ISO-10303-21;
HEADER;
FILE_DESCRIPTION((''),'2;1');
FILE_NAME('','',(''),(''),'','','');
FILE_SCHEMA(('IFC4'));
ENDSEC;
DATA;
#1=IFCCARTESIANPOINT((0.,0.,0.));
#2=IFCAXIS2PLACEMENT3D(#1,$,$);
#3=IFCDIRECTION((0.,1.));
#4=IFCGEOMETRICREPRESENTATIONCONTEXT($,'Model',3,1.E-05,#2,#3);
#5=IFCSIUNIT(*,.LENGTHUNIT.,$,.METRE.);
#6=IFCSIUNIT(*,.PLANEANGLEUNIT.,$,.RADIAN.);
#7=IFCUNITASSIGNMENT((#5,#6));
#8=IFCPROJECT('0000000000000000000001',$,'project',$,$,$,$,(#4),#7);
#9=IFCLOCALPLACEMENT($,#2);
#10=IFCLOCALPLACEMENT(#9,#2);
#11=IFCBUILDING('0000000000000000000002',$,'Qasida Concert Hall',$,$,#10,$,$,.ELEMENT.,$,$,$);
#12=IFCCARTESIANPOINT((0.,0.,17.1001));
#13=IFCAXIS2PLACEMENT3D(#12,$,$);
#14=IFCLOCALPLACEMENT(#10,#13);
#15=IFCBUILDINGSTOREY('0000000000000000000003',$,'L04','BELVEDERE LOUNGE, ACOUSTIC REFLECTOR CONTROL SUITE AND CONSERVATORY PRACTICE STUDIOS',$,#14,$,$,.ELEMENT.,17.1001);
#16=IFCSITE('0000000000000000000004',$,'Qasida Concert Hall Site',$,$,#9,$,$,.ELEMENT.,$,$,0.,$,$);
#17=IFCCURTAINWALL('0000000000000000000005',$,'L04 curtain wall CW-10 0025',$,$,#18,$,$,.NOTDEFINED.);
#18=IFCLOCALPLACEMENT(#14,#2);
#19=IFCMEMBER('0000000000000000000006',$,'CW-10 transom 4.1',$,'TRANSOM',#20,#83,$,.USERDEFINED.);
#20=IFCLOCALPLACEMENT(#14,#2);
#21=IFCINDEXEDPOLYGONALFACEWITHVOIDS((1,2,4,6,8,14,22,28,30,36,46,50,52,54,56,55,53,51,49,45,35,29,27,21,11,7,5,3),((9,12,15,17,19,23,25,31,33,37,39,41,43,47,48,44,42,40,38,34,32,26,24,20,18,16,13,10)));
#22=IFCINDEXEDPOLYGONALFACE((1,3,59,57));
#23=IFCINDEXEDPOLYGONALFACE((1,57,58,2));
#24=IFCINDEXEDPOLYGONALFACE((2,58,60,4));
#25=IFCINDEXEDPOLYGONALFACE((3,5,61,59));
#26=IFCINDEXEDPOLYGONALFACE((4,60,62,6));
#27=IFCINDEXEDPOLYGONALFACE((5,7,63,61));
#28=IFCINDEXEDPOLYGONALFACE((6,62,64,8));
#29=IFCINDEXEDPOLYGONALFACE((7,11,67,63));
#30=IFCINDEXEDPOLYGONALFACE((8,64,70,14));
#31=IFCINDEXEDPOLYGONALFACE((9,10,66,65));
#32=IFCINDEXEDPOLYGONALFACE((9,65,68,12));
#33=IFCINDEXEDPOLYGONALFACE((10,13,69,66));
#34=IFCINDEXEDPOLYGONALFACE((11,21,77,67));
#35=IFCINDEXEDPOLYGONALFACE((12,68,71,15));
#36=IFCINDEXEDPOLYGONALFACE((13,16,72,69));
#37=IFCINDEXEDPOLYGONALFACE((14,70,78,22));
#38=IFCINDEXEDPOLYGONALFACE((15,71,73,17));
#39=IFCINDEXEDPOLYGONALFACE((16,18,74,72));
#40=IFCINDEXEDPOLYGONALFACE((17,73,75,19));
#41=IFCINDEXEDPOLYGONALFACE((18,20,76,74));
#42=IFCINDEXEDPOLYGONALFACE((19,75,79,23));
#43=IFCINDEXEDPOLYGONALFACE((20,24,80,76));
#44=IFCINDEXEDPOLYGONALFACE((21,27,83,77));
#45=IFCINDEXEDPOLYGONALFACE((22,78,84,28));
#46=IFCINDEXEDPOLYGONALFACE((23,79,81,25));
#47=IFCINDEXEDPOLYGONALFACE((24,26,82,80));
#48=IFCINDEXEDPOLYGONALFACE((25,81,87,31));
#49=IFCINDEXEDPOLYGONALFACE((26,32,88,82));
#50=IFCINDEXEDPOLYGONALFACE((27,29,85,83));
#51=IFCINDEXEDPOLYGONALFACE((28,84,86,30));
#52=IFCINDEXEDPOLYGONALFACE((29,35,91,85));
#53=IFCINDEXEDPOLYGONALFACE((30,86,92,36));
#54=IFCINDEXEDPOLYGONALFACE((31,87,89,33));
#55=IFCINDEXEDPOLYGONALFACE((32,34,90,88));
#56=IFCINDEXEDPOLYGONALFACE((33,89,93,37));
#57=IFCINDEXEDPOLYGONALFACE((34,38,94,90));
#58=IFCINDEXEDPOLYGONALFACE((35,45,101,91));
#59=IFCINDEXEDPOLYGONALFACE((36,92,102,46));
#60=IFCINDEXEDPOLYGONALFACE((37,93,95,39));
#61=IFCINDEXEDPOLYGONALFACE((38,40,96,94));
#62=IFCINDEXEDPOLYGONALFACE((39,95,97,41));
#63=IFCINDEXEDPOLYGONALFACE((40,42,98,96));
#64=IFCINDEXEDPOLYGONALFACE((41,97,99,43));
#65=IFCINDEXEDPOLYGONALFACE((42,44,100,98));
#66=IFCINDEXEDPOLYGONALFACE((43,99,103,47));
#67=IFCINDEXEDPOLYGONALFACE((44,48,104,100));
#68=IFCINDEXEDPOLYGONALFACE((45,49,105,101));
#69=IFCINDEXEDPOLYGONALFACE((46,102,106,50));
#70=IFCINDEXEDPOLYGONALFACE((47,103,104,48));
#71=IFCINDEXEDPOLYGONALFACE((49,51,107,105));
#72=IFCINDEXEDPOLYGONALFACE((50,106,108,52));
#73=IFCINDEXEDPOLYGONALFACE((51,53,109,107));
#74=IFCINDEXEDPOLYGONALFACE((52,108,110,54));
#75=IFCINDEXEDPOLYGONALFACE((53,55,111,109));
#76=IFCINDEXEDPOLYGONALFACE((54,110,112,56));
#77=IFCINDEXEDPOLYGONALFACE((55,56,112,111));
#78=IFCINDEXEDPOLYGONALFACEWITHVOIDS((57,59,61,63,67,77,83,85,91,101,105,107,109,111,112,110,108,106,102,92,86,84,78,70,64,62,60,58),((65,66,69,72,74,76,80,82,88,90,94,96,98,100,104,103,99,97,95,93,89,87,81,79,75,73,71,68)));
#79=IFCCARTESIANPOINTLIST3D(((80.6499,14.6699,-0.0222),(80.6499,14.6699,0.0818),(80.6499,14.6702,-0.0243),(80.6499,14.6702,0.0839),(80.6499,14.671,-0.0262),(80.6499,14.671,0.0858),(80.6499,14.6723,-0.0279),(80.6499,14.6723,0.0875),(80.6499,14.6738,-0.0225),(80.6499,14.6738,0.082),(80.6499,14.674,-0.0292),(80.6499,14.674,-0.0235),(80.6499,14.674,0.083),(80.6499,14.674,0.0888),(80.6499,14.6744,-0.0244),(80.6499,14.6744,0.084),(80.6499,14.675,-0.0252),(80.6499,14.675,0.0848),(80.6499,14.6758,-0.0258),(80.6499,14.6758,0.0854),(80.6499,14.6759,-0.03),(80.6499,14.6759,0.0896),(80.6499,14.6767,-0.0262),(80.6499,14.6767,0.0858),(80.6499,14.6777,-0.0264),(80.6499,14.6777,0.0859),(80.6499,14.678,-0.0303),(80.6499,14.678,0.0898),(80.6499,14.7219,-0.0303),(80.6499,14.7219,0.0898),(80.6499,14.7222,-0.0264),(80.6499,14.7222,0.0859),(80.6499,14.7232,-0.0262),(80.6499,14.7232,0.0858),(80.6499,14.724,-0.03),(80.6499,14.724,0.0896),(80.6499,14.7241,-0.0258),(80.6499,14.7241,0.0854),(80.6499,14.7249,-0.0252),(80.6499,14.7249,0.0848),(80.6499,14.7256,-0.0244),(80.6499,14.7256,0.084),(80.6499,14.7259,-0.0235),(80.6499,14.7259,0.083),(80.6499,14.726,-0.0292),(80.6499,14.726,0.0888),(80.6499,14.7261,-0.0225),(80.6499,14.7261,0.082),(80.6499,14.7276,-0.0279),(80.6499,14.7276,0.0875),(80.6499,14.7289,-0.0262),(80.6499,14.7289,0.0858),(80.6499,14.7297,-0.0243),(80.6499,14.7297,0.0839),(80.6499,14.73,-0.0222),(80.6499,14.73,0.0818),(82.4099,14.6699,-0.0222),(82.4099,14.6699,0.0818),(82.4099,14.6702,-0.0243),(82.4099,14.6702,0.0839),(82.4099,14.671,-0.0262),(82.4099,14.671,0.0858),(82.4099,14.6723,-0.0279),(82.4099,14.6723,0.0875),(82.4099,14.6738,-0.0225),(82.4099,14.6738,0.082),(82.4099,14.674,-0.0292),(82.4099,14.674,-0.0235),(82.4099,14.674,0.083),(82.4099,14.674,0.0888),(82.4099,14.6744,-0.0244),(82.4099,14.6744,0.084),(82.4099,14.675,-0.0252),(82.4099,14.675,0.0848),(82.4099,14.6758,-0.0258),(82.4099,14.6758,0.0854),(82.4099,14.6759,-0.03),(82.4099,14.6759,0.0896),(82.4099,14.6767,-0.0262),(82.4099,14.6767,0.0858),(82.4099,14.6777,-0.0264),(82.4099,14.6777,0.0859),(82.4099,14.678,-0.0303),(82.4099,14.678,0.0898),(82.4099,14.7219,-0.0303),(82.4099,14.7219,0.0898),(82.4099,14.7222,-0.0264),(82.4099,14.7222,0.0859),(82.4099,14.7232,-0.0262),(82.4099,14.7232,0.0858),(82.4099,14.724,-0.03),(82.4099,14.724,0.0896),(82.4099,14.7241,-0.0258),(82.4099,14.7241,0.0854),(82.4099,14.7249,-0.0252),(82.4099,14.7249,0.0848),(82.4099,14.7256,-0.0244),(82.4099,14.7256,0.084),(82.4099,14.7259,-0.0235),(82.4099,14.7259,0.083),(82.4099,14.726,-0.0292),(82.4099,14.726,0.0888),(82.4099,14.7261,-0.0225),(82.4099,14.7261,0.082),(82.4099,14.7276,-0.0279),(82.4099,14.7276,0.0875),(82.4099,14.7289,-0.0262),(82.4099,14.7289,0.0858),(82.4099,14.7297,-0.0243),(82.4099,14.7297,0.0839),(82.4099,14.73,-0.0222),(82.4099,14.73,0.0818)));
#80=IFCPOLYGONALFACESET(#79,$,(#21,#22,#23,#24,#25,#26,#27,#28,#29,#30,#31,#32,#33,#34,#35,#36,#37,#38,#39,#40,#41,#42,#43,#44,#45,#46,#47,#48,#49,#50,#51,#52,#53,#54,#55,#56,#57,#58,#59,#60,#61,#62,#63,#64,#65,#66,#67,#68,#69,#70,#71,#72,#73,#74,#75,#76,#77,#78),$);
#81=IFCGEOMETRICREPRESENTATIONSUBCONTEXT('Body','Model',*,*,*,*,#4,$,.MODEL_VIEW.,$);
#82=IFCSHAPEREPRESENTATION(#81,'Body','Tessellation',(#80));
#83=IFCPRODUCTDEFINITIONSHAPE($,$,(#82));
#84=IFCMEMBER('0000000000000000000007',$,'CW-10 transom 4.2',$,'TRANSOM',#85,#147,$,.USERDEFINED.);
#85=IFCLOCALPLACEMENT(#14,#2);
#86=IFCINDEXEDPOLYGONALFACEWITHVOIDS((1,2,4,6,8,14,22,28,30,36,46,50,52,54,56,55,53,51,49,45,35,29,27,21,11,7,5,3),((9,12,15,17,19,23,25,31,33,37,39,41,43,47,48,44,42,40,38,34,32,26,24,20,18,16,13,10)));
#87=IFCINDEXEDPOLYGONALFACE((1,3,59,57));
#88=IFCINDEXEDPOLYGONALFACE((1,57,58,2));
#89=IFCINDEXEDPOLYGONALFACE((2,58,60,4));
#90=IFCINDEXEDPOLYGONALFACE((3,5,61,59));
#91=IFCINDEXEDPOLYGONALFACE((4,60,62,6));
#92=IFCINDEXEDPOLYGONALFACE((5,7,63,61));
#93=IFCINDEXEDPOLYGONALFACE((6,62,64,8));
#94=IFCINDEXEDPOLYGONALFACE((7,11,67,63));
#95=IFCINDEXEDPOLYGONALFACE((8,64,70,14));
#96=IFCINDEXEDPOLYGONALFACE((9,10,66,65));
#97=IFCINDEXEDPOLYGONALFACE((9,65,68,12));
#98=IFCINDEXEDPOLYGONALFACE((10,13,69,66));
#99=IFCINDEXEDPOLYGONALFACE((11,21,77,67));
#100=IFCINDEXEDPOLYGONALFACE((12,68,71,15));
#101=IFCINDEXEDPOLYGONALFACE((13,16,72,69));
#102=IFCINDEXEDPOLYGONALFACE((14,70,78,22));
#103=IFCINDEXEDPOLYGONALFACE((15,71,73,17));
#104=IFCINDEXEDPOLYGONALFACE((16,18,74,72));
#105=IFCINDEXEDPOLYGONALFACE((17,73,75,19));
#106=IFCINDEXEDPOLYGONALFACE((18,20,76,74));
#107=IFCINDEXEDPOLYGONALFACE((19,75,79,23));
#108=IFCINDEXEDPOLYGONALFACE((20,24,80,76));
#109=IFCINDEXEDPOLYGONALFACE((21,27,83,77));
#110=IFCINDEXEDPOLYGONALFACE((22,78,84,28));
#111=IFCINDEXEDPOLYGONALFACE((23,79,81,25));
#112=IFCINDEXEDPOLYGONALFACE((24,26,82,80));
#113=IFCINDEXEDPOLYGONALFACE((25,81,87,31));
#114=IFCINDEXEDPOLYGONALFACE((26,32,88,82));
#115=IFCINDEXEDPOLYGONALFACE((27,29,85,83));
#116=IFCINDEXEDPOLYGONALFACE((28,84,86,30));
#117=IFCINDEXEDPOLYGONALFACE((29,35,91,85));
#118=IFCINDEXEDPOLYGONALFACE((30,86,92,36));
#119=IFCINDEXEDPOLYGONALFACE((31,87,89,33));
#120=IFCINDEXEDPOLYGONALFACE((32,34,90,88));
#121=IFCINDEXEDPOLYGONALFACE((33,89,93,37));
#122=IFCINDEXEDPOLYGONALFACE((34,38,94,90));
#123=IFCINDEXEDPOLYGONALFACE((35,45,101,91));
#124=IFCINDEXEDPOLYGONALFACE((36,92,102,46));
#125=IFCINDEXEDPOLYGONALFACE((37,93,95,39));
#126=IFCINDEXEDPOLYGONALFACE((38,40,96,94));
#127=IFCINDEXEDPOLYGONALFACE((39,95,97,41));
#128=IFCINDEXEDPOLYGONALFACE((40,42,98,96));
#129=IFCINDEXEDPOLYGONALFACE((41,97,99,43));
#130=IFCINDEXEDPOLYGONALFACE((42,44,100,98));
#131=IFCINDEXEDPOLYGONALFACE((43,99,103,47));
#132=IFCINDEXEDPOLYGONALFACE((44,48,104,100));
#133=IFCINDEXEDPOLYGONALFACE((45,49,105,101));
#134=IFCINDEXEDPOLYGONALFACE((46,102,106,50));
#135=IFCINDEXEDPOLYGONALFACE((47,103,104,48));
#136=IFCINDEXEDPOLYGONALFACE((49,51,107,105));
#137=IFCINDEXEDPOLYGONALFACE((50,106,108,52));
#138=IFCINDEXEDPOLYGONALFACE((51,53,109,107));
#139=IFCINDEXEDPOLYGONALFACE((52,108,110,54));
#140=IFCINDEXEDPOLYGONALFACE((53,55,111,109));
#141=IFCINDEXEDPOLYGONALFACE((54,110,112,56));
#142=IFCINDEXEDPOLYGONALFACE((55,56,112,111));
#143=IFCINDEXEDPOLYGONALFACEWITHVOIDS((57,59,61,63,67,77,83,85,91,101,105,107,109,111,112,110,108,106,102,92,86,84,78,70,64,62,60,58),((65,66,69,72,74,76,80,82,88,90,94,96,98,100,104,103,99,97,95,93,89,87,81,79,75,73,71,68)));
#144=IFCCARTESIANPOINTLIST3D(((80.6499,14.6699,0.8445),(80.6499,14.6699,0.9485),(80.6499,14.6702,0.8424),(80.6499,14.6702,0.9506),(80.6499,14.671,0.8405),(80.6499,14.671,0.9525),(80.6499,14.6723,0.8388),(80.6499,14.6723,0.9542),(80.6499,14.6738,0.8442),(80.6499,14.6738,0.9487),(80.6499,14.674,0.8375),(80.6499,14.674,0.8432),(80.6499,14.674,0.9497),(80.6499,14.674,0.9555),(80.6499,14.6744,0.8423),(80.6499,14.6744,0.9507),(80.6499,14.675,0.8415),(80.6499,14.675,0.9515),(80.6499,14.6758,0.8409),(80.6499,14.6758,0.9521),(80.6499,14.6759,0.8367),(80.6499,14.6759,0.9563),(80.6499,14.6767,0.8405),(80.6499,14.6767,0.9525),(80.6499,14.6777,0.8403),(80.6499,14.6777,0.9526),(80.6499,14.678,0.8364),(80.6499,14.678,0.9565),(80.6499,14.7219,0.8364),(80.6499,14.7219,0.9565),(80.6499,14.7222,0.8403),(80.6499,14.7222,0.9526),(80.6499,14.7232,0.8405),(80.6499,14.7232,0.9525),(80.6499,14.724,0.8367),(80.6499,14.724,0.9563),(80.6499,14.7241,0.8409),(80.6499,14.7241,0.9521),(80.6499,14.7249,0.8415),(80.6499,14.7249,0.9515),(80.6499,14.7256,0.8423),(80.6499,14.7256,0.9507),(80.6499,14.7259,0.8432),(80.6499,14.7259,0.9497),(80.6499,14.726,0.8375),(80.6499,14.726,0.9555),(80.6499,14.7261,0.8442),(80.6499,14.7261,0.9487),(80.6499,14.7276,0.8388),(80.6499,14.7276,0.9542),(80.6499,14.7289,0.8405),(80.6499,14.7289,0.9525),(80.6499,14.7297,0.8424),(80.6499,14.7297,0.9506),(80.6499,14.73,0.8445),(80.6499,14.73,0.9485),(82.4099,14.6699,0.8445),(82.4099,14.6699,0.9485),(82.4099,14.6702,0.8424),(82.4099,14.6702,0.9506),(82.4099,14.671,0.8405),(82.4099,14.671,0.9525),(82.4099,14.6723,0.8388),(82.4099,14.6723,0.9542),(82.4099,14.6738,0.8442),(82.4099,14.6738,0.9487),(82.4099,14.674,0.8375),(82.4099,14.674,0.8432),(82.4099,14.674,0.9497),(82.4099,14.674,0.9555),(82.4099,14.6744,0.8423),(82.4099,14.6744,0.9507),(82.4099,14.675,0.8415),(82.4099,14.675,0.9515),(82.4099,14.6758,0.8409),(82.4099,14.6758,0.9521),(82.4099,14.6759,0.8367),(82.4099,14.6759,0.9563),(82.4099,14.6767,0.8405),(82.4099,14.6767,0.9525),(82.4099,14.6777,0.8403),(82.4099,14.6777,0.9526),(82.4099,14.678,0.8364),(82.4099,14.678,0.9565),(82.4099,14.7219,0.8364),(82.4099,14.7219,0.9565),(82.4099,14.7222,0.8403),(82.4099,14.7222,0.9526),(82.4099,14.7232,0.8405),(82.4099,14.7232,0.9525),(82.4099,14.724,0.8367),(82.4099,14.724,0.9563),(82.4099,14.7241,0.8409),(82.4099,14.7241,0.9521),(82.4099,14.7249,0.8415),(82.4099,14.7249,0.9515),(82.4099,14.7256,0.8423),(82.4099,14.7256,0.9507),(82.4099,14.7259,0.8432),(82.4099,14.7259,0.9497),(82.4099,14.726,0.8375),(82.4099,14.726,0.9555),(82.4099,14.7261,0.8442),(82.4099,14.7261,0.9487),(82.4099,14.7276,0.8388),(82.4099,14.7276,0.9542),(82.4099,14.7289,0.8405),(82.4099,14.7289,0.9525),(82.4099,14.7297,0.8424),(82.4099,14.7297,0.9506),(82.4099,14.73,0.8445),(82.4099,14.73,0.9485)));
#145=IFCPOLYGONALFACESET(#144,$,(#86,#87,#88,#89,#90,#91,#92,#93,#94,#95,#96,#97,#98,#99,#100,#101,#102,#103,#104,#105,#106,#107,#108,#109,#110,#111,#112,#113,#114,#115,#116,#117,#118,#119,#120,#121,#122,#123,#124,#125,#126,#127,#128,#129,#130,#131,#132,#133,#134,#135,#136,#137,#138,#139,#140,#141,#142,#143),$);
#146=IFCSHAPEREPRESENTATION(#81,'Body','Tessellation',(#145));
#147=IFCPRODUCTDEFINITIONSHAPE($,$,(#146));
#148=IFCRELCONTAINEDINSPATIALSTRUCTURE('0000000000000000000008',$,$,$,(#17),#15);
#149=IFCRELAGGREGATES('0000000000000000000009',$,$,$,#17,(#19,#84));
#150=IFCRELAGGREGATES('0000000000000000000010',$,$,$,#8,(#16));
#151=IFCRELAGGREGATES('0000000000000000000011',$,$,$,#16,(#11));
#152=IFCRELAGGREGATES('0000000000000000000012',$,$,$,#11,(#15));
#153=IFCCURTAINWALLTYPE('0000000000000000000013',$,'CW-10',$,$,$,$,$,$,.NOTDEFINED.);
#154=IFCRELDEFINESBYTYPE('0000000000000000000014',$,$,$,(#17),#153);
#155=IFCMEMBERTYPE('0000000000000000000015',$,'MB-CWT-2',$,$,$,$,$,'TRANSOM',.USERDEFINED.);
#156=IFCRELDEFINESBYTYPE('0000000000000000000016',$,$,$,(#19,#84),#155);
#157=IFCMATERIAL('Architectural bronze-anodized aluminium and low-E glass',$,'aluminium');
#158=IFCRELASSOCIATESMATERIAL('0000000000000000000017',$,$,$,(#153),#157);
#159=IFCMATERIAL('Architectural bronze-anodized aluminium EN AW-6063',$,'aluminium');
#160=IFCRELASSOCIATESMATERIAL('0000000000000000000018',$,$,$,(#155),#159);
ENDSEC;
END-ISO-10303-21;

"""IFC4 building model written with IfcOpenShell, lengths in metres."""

from ifc_helpers import new_model, si_unit, direction, frame, origin, origin_2d, place, context, subcontext, project, spatial, hollow_rectangle, extrude, material, material_profile, profile_set, type_object, element, aggregate, save


model = new_model("IFC4")

# Units and contexts
model_context = context("Model", 3, precision=1e-05, world=origin(), true_north=direction((0.0, 1.0)))
body_context = subcontext(model_context, "Body", "Model", "MODEL_VIEW")
ifc_project = project(units=[si_unit("LENGTHUNIT", "METRE"), si_unit("PLANEANGLEUNIT", "RADIAN")], contexts=[model_context])

# Site, building, storey
site_placement = place(None, origin())
site = spatial("IfcSite", under=ifc_project, at=site_placement, Name="Qasida Concert Hall Site", CompositionType="ELEMENT", RefElevation=0.0)
building_placement = place(site_placement, origin())
building = spatial("IfcBuilding", under=site, at=building_placement, Name="Qasida Concert Hall", CompositionType="ELEMENT")
storey_placement = place(building_placement, frame((0.0, 0.0, 17.1001)))
storey = spatial("IfcBuildingStorey", under=building, at=storey_placement, Name="L04", Description="BELVEDERE LOUNGE, ACOUSTIC REFLECTOR CONTROL SUITE AND CONSERVATORY PRACTICE STUDIOS", CompositionType="ELEMENT", Elevation=17.1001)

# Curtain wall
ifc_material_1 = material(Name="Architectural bronze-anodized aluminium and low-E glass", Category="aluminium")
curtain_wall_type = type_object("IfcCurtainWallType", Name="CW-10", PredefinedType="NOTDEFINED", material=ifc_material_1)
curtain_wall_1_placement = place(storey_placement, origin())
curtain_wall_1 = element("IfcCurtainWall", 1, at=curtain_wall_1_placement, inside=storey, type_object=curtain_wall_type, Name="L04 curtain wall CW-10 0025", PredefinedType="NOTDEFINED")
ifc_material_2 = material(Name="Architectural bronze-anodized aluminium EN AW-6063", Category="aluminium")

# Members
ifc_material_profile_1 = material_profile(ifc_material_2, hollow_rectangle(XDim=0.0601, YDim=0.1201, WallThickness=0.0039, InnerFilletRadius=0.0039, OuterFilletRadius=0.0081, at=origin_2d()), Name="CWT 120x60x4")
ifc_profile_set_1 = profile_set([ifc_material_profile_1], Name="Architectural bronze-anodized aluminium EN AW-6063")
member_type_1 = type_object("IfcMemberType", Name="MB-CWT-2", ElementType="TRANSOM", PredefinedType="USERDEFINED", material=ifc_profile_set_1)
member_1_placement = place(storey_placement, frame((80.6499, 14.7, 0.0298), z_axis=(1.0, 0.0, 0.0), x_axis=(0.0, 1.0, 0.0)))
member_1 = element("IfcMember", 2, at=member_1_placement, type_object=member_type_1, Name="CW-10 transom 4.1", ObjectType="TRANSOM", PredefinedType="USERDEFINED", context=body_context, shape_type="SweptSolid", body=[
    extrude(hollow_rectangle(XDim=0.0601, YDim=0.1201, WallThickness=0.0039, InnerFilletRadius=0.0039, OuterFilletRadius=0.0081, at=origin_2d()), origin(), (0.0, 0.0, 1.0), 1.76),
])
member_2_placement = place(storey_placement, frame((80.6499, 14.7, 0.8965), z_axis=(1.0, 0.0, 0.0), x_axis=(0.0, 1.0, 0.0)))
member_2 = element("IfcMember", 3, at=member_2_placement, type_object=member_type_1, Name="CW-10 transom 4.2", ObjectType="TRANSOM", PredefinedType="USERDEFINED", context=body_context, shape_type="SweptSolid", body=[
    extrude(hollow_rectangle(XDim=0.0601, YDim=0.1201, WallThickness=0.0039, InnerFilletRadius=0.0039, OuterFilletRadius=0.0081, at=origin_2d()), origin(), (0.0, 0.0, 1.0), 1.76),
])

aggregate(curtain_wall_1, [member_1, member_2])

save(model, "model.ifc")
